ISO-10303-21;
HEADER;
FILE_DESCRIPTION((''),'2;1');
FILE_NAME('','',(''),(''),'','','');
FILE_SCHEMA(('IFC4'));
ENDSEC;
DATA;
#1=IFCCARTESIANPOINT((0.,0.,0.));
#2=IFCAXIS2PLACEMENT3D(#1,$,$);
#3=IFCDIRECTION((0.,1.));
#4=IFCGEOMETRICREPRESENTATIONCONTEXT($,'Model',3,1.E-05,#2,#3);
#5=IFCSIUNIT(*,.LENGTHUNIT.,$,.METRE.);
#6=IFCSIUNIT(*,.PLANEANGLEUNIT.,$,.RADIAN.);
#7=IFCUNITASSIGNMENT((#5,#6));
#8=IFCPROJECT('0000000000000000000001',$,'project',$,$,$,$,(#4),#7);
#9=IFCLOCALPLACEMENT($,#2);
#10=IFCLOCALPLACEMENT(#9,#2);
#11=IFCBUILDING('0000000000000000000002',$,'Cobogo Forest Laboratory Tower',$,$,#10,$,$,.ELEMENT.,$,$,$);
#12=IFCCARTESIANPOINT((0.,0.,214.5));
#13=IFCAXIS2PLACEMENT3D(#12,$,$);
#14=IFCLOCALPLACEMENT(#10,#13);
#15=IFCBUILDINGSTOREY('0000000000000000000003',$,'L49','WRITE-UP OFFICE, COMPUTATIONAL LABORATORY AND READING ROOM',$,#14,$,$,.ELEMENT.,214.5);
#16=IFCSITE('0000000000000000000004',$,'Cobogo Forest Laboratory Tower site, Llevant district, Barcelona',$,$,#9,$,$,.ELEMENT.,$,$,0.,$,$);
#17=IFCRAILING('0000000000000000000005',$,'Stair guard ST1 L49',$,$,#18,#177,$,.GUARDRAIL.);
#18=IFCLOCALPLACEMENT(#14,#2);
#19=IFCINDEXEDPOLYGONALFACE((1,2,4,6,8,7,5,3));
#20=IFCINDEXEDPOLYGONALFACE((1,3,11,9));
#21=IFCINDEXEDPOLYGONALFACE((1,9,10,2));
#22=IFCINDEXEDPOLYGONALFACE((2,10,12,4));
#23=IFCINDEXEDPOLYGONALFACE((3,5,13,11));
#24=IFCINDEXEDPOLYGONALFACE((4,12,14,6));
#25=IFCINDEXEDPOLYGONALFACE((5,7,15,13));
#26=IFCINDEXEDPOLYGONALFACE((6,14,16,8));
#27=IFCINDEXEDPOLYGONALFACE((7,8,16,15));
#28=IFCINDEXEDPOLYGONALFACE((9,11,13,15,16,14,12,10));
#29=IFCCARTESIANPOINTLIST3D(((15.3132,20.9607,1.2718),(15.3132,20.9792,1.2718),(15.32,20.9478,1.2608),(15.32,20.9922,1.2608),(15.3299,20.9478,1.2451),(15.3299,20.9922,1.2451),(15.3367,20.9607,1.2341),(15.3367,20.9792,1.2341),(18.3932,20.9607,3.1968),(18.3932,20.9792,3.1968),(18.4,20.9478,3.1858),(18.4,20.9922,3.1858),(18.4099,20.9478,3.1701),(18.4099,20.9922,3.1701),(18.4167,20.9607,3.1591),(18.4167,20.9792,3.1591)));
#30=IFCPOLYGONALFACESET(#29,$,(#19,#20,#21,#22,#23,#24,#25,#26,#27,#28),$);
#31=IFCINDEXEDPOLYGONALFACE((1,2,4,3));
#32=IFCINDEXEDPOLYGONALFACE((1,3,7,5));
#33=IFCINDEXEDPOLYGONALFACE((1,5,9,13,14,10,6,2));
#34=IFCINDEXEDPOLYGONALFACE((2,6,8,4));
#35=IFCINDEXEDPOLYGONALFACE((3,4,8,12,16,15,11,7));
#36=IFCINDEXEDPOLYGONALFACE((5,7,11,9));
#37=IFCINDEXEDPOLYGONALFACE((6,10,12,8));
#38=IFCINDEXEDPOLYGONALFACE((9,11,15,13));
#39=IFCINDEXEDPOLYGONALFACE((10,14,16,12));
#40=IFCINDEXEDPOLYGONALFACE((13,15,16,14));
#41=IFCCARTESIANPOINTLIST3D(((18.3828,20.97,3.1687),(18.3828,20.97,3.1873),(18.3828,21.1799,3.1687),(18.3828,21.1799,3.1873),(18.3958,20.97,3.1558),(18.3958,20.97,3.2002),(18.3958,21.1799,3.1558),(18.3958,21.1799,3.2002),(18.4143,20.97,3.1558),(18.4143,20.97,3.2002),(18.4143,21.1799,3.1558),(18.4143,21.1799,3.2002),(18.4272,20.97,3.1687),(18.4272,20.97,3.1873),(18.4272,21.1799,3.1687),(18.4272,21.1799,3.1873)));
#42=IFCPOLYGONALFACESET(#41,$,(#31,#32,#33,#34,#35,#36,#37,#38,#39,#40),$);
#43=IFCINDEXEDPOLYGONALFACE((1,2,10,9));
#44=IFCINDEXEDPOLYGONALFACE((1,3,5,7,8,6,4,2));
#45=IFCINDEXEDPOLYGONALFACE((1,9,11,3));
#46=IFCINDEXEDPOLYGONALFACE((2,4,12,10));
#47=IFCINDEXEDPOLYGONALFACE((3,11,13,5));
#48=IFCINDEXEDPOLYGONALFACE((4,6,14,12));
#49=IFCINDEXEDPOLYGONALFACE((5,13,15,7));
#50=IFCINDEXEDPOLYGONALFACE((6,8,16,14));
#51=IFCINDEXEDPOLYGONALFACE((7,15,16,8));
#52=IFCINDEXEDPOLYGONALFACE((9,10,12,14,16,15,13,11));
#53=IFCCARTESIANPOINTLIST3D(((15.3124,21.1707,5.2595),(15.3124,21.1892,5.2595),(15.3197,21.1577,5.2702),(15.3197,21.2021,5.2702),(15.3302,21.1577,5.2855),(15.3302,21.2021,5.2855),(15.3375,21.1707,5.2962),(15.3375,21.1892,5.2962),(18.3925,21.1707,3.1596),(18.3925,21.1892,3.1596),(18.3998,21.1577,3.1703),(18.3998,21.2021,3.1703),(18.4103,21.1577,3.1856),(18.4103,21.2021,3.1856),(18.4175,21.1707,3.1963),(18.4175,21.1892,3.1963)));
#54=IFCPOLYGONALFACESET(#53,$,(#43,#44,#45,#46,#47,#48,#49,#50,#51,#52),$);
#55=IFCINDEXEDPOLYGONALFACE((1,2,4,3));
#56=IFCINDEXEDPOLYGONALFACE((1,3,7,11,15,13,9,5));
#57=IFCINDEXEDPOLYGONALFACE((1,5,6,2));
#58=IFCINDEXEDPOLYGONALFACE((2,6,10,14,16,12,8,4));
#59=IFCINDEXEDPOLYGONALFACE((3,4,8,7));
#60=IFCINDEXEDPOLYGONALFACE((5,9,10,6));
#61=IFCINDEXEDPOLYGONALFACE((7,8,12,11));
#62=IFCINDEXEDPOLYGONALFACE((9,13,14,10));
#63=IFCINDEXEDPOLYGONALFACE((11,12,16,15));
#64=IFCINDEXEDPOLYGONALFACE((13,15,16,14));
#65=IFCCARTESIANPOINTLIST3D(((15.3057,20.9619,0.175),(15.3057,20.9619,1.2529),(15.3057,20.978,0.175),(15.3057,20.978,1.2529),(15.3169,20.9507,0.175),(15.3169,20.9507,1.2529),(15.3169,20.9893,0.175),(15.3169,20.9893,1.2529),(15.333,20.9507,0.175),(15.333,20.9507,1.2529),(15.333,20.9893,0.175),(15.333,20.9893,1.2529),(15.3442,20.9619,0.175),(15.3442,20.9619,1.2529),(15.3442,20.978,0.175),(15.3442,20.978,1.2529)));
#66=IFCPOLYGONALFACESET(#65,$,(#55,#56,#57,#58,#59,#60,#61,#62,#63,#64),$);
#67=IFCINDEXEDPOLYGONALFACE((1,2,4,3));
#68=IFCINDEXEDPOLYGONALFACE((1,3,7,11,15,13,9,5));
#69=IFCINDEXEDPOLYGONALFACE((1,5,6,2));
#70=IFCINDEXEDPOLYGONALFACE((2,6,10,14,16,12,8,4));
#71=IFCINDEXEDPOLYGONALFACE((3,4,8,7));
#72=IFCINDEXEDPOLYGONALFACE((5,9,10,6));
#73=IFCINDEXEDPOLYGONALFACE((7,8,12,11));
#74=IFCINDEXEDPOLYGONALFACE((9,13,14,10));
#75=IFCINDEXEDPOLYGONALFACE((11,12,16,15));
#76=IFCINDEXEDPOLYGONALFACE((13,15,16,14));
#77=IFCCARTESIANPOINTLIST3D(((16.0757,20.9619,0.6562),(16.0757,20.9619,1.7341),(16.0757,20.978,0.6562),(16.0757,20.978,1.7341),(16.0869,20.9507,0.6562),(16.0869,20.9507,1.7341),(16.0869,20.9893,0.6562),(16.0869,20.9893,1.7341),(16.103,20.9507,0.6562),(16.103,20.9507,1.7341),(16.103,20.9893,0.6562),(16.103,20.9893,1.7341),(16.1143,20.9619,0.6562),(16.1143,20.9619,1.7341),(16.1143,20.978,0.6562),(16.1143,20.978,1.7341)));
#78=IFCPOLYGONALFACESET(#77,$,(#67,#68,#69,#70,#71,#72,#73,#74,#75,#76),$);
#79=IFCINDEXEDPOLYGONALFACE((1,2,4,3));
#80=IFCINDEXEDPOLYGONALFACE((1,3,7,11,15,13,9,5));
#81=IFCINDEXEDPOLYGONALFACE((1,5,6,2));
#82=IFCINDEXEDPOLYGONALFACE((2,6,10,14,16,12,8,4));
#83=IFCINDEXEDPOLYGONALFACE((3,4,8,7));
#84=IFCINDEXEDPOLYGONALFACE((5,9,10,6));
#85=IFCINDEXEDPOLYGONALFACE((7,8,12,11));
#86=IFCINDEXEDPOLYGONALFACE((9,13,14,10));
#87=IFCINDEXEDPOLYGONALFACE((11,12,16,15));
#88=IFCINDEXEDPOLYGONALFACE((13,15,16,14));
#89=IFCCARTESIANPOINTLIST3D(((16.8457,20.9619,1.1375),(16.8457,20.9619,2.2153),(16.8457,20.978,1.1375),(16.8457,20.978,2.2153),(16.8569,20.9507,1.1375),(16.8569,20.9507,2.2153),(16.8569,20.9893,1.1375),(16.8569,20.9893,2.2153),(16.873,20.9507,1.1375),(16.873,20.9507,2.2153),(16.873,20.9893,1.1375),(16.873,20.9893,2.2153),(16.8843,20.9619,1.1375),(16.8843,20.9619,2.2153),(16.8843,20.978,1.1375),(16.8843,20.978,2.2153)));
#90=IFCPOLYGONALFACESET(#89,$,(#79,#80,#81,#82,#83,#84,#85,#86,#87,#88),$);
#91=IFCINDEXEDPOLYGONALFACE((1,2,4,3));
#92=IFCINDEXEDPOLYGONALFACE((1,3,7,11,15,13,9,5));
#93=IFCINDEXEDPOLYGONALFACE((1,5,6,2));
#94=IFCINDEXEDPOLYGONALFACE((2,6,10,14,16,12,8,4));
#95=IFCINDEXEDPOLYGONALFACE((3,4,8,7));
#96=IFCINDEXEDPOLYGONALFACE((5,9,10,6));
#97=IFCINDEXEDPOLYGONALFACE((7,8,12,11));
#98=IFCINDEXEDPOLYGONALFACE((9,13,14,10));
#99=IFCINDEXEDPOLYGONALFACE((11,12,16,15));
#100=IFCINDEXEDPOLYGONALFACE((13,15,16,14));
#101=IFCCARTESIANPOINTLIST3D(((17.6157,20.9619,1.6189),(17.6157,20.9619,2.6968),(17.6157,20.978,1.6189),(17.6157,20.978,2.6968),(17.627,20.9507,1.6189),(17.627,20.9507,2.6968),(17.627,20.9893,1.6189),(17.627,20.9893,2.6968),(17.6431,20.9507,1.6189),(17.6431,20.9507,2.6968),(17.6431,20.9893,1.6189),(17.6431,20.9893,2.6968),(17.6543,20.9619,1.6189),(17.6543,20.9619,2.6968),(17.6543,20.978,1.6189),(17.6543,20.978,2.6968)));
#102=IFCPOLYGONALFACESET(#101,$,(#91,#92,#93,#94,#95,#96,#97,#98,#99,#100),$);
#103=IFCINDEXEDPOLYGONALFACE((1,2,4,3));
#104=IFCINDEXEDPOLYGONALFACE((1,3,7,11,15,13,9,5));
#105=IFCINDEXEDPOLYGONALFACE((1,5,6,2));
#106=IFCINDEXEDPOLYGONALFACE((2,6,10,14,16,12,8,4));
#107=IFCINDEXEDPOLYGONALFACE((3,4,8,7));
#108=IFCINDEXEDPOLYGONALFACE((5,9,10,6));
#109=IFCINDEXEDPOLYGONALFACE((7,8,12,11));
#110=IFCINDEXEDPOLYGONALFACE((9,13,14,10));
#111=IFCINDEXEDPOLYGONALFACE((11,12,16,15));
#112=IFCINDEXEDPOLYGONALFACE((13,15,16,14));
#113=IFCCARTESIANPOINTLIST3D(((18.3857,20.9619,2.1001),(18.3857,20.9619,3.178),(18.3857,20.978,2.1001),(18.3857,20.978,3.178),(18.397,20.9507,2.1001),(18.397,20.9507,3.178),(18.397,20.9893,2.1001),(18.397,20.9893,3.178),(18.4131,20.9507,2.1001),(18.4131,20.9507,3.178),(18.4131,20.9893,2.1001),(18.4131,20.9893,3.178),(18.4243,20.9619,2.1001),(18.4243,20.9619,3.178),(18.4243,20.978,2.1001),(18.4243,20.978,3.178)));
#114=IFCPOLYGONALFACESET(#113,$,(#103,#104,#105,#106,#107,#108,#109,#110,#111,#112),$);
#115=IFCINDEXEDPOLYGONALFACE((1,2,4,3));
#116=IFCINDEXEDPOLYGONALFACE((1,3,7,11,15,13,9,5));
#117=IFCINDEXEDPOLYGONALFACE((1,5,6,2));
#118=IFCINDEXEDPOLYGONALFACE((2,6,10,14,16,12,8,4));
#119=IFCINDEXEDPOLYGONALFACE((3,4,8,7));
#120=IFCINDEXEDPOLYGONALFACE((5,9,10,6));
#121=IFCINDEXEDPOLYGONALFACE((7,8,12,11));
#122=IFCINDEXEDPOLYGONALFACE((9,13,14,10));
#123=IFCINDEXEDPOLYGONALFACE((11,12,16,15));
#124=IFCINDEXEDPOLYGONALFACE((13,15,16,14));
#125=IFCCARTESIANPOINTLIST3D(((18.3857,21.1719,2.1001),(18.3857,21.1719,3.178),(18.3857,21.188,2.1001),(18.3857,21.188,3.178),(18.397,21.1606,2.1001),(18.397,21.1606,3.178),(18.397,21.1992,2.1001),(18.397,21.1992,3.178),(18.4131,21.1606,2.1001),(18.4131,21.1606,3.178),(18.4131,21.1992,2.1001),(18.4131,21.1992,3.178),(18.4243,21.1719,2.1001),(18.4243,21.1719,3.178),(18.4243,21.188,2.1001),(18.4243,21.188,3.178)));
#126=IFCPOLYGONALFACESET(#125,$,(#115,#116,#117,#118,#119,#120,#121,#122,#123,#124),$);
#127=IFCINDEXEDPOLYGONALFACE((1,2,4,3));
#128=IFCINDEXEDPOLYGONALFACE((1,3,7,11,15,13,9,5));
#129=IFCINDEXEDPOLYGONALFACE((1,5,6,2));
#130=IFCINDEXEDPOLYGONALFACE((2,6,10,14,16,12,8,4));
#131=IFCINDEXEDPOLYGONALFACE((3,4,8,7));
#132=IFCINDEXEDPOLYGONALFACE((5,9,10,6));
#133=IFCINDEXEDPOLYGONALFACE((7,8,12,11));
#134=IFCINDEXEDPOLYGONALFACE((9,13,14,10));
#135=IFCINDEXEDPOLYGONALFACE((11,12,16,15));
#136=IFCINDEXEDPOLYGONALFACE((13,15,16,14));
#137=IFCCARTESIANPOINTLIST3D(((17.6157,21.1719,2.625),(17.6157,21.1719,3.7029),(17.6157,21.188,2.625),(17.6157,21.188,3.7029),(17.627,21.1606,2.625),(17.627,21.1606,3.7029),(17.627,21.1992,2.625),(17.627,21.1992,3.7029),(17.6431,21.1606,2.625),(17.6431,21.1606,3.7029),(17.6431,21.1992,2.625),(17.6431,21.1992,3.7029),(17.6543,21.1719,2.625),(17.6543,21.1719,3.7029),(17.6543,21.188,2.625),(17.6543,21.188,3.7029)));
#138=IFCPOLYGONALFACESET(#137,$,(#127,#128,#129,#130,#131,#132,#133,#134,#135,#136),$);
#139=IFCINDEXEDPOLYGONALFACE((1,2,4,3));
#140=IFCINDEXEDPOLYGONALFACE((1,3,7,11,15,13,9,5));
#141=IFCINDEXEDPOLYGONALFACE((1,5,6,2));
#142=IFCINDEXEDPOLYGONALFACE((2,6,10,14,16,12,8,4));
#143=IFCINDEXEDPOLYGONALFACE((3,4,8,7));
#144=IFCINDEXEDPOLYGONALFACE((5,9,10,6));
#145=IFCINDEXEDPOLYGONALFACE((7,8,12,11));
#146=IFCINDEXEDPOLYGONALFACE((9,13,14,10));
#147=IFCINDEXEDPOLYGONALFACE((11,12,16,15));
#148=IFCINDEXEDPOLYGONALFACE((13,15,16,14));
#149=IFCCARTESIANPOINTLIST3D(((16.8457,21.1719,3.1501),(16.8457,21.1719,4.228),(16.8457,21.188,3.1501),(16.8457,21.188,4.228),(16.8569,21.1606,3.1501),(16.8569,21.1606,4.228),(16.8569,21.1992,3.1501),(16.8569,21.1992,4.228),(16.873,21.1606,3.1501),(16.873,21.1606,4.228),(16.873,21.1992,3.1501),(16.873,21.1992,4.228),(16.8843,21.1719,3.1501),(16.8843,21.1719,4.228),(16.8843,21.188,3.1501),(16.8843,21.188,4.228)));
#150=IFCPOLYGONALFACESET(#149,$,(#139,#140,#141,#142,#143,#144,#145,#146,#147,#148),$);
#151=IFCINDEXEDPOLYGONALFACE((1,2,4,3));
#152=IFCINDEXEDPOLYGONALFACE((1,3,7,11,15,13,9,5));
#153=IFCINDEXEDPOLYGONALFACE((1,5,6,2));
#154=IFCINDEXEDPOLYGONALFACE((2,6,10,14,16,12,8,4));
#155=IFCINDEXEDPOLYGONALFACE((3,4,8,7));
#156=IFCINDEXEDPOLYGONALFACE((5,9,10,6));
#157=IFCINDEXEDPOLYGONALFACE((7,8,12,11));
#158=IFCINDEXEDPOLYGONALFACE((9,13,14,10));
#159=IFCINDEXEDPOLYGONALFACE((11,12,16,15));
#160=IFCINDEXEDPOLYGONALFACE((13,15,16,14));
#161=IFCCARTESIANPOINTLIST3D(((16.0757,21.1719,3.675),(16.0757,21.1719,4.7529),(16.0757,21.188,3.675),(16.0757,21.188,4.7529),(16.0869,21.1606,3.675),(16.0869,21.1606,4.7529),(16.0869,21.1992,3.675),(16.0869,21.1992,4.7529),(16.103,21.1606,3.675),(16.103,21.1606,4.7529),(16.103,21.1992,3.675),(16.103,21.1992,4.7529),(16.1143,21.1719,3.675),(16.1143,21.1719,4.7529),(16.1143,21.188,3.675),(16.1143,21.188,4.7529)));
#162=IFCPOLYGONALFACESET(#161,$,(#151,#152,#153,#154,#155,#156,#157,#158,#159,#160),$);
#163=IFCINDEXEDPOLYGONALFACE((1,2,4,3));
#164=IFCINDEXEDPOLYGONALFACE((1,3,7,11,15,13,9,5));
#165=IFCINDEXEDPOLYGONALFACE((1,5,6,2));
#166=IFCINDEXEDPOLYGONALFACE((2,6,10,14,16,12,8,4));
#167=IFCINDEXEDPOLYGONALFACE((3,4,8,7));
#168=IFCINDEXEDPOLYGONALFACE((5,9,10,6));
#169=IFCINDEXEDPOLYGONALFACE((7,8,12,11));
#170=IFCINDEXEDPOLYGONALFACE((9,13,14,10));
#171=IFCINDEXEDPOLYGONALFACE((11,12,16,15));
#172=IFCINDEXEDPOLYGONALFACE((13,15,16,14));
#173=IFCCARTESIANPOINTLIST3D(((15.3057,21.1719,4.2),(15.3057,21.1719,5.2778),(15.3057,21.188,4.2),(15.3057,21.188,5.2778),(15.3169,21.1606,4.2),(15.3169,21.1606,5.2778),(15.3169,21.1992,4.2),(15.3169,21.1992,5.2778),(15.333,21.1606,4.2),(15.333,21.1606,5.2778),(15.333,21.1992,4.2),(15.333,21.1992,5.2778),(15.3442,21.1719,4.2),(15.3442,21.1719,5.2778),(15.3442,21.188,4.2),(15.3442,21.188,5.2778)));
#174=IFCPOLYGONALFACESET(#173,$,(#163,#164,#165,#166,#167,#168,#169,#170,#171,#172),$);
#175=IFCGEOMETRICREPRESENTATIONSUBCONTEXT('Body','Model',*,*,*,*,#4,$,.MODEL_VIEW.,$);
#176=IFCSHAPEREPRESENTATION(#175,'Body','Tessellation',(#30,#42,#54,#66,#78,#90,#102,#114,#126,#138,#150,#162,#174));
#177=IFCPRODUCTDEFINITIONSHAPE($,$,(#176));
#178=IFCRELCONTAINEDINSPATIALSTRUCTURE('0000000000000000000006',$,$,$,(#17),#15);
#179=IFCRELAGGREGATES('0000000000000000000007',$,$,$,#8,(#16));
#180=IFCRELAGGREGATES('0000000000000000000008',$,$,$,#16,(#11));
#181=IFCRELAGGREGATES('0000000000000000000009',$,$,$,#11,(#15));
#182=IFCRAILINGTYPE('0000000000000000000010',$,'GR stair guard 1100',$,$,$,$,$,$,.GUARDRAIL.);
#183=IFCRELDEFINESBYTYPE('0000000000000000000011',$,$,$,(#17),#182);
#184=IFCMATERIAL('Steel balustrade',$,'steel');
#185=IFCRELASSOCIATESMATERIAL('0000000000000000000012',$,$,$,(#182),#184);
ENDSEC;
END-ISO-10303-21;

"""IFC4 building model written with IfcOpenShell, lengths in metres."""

from ifc_helpers import new_model, si_unit, direction, frame, origin, place, context, subcontext, project, spatial, polyline, outline, extrude, material, type_object, element, save


model = new_model("IFC4")

# Units and contexts
model_context = context("Model", 3, precision=1e-05, world=origin(), true_north=direction((0.0, 1.0)))
body_context = subcontext(model_context, "Body", "Model", "MODEL_VIEW")
ifc_project = project(units=[si_unit("LENGTHUNIT", "METRE"), si_unit("PLANEANGLEUNIT", "RADIAN")], contexts=[model_context])

# Site, building, storey
site_placement = place(None, origin())
site = spatial("IfcSite", under=ifc_project, at=site_placement, Name="Cobogo Forest Laboratory Tower site, Llevant district, Barcelona", CompositionType="ELEMENT", RefElevation=0.0)
building_placement = place(site_placement, origin())
building = spatial("IfcBuilding", under=site, at=building_placement, Name="Cobogo Forest Laboratory Tower", CompositionType="ELEMENT")
storey_placement = place(building_placement, frame((0.0, 0.0, 214.5)))
storey = spatial("IfcBuildingStorey", under=building, at=storey_placement, Name="L49", Description="WRITE-UP OFFICE, COMPUTATIONAL LABORATORY AND READING ROOM", CompositionType="ELEMENT", Elevation=214.5)

# Railing
ifc_material_1 = material(Name="Steel balustrade", Category="steel")
railing_type_1 = type_object("IfcRailingType", Name="GR stair guard 1100", PredefinedType="GUARDRAIL", material=ifc_material_1)
railing_1_placement = place(storey_placement, frame((15.325, 20.97, 0.175)))
element("IfcRailing", 1, at=railing_1_placement, inside=storey, type_object=railing_type_1, Name="Stair guard ST1 L49", PredefinedType="GUARDRAIL", context=body_context, shape_type="SweptSolid", body=[
    extrude(outline(polyline([(0.0222, 0.0093), (0.0093, 0.0222), (-0.0093, 0.0222), (-0.0222, 0.0093), (-0.0222, -0.0093), (-0.0093, -0.0222), (0.0093, -0.0222), (0.0222, -0.0093), (0.0222, 0.0093)])), frame((0.0, 0.0, 1.0779), z_axis=(0.847998, 0.0, 0.529999), x_axis=(0.0, 1.0, 0.0)), (0.0, 0.0, 1.0), 3.6321),
    extrude(outline(polyline([(0.0222, 0.0093), (0.0093, 0.0222), (-0.0093, 0.0222), (-0.0222, 0.0093), (-0.0222, -0.0093), (-0.0093, -0.0222), (0.0093, -0.0222), (0.0222, -0.0093), (0.0222, 0.0093)])), frame((3.0801, 0.0, 3.0029), z_axis=(0.0, 1.0, 0.0), x_axis=(-1.0, 0.0, 0.0)), (0.0, 0.0, 1.0), 0.21),
    extrude(outline(polyline([(0.0222, 0.0093), (0.0093, 0.0222), (-0.0093, 0.0222), (-0.0222, 0.0093), (-0.0222, -0.0093), (-0.0093, -0.0222), (0.0093, -0.0222), (0.0222, -0.0093), (0.0222, 0.0093)])), frame((3.0801, 0.21, 3.0029), z_axis=(-0.826252, 0.0, 0.5633), x_axis=(0.0, -1.0, 0.0)), (0.0, 0.0, 1.0), 3.7278),
    extrude(outline(polyline([(0.0193, 0.0081), (0.0081, 0.0193), (-0.0081, 0.0193), (-0.0193, 0.0081), (-0.0193, -0.0081), (-0.0081, -0.0193), (0.0081, -0.0193), (0.0193, -0.0081), (0.0193, 0.0081)])), origin(), (0.0, 0.0, 1.0), 1.0779),
    extrude(outline(polyline([(0.0193, 0.0081), (0.0081, 0.0193), (-0.0081, 0.0193), (-0.0193, 0.0081), (-0.0193, -0.0081), (-0.0081, -0.0193), (0.0081, -0.0193), (0.0193, -0.0081), (0.0193, 0.0081)])), frame((0.77, 0.0, 0.4812)), (0.0, 0.0, 1.0), 1.0779),
    extrude(outline(polyline([(0.0193, 0.0081), (0.0081, 0.0193), (-0.0081, 0.0193), (-0.0193, 0.0081), (-0.0193, -0.0081), (-0.0081, -0.0193), (0.0081, -0.0193), (0.0193, -0.0081), (0.0193, 0.0081)])), frame((1.54, 0.0, 0.9624)), (0.0, 0.0, 1.0), 1.0779),
    extrude(outline(polyline([(0.0193, 0.0081), (0.0081, 0.0193), (-0.0081, 0.0193), (-0.0193, 0.0081), (-0.0193, -0.0081), (-0.0081, -0.0193), (0.0081, -0.0193), (0.0193, -0.0081), (0.0193, 0.0081)])), frame((2.3101, 0.0, 1.4438)), (0.0, 0.0, 1.0), 1.0779),
    extrude(outline(polyline([(0.0193, 0.0081), (0.0081, 0.0193), (-0.0081, 0.0193), (-0.0193, 0.0081), (-0.0193, -0.0081), (-0.0081, -0.0193), (0.0081, -0.0193), (0.0193, -0.0081), (0.0193, 0.0081)])), frame((3.0801, 0.0, 1.925)), (0.0, 0.0, 1.0), 1.0779),
    extrude(outline(polyline([(0.0193, 0.0081), (0.0081, 0.0193), (-0.0081, 0.0193), (-0.0193, 0.0081), (-0.0193, -0.0081), (-0.0081, -0.0193), (0.0081, -0.0193), (0.0193, -0.0081), (0.0193, 0.0081)])), frame((3.0801, 0.21, 1.925)), (0.0, 0.0, 1.0), 1.0779),
    extrude(outline(polyline([(0.0193, 0.0081), (0.0081, 0.0193), (-0.0081, 0.0193), (-0.0193, 0.0081), (-0.0193, -0.0081), (-0.0081, -0.0193), (0.0081, -0.0193), (0.0193, -0.0081), (0.0193, 0.0081)])), frame((2.3101, 0.21, 2.45)), (0.0, 0.0, 1.0), 1.0779),
    extrude(outline(polyline([(0.0193, 0.0081), (0.0081, 0.0193), (-0.0081, 0.0193), (-0.0193, 0.0081), (-0.0193, -0.0081), (-0.0081, -0.0193), (0.0081, -0.0193), (0.0193, -0.0081), (0.0193, 0.0081)])), frame((1.54, 0.21, 2.9751)), (0.0, 0.0, 1.0), 1.0779),
    extrude(outline(polyline([(0.0193, 0.0081), (0.0081, 0.0193), (-0.0081, 0.0193), (-0.0193, 0.0081), (-0.0193, -0.0081), (-0.0081, -0.0193), (0.0081, -0.0193), (0.0193, -0.0081), (0.0193, 0.0081)])), frame((0.77, 0.21, 3.5)), (0.0, 0.0, 1.0), 1.0779),
    extrude(outline(polyline([(0.0193, 0.0081), (0.0081, 0.0193), (-0.0081, 0.0193), (-0.0193, 0.0081), (-0.0193, -0.0081), (-0.0081, -0.0193), (0.0081, -0.0193), (0.0193, -0.0081), (0.0193, 0.0081)])), frame((0.0, 0.21, 4.0249)), (0.0, 0.0, 1.0), 1.0779),
])

save(model, "model.ifc")
